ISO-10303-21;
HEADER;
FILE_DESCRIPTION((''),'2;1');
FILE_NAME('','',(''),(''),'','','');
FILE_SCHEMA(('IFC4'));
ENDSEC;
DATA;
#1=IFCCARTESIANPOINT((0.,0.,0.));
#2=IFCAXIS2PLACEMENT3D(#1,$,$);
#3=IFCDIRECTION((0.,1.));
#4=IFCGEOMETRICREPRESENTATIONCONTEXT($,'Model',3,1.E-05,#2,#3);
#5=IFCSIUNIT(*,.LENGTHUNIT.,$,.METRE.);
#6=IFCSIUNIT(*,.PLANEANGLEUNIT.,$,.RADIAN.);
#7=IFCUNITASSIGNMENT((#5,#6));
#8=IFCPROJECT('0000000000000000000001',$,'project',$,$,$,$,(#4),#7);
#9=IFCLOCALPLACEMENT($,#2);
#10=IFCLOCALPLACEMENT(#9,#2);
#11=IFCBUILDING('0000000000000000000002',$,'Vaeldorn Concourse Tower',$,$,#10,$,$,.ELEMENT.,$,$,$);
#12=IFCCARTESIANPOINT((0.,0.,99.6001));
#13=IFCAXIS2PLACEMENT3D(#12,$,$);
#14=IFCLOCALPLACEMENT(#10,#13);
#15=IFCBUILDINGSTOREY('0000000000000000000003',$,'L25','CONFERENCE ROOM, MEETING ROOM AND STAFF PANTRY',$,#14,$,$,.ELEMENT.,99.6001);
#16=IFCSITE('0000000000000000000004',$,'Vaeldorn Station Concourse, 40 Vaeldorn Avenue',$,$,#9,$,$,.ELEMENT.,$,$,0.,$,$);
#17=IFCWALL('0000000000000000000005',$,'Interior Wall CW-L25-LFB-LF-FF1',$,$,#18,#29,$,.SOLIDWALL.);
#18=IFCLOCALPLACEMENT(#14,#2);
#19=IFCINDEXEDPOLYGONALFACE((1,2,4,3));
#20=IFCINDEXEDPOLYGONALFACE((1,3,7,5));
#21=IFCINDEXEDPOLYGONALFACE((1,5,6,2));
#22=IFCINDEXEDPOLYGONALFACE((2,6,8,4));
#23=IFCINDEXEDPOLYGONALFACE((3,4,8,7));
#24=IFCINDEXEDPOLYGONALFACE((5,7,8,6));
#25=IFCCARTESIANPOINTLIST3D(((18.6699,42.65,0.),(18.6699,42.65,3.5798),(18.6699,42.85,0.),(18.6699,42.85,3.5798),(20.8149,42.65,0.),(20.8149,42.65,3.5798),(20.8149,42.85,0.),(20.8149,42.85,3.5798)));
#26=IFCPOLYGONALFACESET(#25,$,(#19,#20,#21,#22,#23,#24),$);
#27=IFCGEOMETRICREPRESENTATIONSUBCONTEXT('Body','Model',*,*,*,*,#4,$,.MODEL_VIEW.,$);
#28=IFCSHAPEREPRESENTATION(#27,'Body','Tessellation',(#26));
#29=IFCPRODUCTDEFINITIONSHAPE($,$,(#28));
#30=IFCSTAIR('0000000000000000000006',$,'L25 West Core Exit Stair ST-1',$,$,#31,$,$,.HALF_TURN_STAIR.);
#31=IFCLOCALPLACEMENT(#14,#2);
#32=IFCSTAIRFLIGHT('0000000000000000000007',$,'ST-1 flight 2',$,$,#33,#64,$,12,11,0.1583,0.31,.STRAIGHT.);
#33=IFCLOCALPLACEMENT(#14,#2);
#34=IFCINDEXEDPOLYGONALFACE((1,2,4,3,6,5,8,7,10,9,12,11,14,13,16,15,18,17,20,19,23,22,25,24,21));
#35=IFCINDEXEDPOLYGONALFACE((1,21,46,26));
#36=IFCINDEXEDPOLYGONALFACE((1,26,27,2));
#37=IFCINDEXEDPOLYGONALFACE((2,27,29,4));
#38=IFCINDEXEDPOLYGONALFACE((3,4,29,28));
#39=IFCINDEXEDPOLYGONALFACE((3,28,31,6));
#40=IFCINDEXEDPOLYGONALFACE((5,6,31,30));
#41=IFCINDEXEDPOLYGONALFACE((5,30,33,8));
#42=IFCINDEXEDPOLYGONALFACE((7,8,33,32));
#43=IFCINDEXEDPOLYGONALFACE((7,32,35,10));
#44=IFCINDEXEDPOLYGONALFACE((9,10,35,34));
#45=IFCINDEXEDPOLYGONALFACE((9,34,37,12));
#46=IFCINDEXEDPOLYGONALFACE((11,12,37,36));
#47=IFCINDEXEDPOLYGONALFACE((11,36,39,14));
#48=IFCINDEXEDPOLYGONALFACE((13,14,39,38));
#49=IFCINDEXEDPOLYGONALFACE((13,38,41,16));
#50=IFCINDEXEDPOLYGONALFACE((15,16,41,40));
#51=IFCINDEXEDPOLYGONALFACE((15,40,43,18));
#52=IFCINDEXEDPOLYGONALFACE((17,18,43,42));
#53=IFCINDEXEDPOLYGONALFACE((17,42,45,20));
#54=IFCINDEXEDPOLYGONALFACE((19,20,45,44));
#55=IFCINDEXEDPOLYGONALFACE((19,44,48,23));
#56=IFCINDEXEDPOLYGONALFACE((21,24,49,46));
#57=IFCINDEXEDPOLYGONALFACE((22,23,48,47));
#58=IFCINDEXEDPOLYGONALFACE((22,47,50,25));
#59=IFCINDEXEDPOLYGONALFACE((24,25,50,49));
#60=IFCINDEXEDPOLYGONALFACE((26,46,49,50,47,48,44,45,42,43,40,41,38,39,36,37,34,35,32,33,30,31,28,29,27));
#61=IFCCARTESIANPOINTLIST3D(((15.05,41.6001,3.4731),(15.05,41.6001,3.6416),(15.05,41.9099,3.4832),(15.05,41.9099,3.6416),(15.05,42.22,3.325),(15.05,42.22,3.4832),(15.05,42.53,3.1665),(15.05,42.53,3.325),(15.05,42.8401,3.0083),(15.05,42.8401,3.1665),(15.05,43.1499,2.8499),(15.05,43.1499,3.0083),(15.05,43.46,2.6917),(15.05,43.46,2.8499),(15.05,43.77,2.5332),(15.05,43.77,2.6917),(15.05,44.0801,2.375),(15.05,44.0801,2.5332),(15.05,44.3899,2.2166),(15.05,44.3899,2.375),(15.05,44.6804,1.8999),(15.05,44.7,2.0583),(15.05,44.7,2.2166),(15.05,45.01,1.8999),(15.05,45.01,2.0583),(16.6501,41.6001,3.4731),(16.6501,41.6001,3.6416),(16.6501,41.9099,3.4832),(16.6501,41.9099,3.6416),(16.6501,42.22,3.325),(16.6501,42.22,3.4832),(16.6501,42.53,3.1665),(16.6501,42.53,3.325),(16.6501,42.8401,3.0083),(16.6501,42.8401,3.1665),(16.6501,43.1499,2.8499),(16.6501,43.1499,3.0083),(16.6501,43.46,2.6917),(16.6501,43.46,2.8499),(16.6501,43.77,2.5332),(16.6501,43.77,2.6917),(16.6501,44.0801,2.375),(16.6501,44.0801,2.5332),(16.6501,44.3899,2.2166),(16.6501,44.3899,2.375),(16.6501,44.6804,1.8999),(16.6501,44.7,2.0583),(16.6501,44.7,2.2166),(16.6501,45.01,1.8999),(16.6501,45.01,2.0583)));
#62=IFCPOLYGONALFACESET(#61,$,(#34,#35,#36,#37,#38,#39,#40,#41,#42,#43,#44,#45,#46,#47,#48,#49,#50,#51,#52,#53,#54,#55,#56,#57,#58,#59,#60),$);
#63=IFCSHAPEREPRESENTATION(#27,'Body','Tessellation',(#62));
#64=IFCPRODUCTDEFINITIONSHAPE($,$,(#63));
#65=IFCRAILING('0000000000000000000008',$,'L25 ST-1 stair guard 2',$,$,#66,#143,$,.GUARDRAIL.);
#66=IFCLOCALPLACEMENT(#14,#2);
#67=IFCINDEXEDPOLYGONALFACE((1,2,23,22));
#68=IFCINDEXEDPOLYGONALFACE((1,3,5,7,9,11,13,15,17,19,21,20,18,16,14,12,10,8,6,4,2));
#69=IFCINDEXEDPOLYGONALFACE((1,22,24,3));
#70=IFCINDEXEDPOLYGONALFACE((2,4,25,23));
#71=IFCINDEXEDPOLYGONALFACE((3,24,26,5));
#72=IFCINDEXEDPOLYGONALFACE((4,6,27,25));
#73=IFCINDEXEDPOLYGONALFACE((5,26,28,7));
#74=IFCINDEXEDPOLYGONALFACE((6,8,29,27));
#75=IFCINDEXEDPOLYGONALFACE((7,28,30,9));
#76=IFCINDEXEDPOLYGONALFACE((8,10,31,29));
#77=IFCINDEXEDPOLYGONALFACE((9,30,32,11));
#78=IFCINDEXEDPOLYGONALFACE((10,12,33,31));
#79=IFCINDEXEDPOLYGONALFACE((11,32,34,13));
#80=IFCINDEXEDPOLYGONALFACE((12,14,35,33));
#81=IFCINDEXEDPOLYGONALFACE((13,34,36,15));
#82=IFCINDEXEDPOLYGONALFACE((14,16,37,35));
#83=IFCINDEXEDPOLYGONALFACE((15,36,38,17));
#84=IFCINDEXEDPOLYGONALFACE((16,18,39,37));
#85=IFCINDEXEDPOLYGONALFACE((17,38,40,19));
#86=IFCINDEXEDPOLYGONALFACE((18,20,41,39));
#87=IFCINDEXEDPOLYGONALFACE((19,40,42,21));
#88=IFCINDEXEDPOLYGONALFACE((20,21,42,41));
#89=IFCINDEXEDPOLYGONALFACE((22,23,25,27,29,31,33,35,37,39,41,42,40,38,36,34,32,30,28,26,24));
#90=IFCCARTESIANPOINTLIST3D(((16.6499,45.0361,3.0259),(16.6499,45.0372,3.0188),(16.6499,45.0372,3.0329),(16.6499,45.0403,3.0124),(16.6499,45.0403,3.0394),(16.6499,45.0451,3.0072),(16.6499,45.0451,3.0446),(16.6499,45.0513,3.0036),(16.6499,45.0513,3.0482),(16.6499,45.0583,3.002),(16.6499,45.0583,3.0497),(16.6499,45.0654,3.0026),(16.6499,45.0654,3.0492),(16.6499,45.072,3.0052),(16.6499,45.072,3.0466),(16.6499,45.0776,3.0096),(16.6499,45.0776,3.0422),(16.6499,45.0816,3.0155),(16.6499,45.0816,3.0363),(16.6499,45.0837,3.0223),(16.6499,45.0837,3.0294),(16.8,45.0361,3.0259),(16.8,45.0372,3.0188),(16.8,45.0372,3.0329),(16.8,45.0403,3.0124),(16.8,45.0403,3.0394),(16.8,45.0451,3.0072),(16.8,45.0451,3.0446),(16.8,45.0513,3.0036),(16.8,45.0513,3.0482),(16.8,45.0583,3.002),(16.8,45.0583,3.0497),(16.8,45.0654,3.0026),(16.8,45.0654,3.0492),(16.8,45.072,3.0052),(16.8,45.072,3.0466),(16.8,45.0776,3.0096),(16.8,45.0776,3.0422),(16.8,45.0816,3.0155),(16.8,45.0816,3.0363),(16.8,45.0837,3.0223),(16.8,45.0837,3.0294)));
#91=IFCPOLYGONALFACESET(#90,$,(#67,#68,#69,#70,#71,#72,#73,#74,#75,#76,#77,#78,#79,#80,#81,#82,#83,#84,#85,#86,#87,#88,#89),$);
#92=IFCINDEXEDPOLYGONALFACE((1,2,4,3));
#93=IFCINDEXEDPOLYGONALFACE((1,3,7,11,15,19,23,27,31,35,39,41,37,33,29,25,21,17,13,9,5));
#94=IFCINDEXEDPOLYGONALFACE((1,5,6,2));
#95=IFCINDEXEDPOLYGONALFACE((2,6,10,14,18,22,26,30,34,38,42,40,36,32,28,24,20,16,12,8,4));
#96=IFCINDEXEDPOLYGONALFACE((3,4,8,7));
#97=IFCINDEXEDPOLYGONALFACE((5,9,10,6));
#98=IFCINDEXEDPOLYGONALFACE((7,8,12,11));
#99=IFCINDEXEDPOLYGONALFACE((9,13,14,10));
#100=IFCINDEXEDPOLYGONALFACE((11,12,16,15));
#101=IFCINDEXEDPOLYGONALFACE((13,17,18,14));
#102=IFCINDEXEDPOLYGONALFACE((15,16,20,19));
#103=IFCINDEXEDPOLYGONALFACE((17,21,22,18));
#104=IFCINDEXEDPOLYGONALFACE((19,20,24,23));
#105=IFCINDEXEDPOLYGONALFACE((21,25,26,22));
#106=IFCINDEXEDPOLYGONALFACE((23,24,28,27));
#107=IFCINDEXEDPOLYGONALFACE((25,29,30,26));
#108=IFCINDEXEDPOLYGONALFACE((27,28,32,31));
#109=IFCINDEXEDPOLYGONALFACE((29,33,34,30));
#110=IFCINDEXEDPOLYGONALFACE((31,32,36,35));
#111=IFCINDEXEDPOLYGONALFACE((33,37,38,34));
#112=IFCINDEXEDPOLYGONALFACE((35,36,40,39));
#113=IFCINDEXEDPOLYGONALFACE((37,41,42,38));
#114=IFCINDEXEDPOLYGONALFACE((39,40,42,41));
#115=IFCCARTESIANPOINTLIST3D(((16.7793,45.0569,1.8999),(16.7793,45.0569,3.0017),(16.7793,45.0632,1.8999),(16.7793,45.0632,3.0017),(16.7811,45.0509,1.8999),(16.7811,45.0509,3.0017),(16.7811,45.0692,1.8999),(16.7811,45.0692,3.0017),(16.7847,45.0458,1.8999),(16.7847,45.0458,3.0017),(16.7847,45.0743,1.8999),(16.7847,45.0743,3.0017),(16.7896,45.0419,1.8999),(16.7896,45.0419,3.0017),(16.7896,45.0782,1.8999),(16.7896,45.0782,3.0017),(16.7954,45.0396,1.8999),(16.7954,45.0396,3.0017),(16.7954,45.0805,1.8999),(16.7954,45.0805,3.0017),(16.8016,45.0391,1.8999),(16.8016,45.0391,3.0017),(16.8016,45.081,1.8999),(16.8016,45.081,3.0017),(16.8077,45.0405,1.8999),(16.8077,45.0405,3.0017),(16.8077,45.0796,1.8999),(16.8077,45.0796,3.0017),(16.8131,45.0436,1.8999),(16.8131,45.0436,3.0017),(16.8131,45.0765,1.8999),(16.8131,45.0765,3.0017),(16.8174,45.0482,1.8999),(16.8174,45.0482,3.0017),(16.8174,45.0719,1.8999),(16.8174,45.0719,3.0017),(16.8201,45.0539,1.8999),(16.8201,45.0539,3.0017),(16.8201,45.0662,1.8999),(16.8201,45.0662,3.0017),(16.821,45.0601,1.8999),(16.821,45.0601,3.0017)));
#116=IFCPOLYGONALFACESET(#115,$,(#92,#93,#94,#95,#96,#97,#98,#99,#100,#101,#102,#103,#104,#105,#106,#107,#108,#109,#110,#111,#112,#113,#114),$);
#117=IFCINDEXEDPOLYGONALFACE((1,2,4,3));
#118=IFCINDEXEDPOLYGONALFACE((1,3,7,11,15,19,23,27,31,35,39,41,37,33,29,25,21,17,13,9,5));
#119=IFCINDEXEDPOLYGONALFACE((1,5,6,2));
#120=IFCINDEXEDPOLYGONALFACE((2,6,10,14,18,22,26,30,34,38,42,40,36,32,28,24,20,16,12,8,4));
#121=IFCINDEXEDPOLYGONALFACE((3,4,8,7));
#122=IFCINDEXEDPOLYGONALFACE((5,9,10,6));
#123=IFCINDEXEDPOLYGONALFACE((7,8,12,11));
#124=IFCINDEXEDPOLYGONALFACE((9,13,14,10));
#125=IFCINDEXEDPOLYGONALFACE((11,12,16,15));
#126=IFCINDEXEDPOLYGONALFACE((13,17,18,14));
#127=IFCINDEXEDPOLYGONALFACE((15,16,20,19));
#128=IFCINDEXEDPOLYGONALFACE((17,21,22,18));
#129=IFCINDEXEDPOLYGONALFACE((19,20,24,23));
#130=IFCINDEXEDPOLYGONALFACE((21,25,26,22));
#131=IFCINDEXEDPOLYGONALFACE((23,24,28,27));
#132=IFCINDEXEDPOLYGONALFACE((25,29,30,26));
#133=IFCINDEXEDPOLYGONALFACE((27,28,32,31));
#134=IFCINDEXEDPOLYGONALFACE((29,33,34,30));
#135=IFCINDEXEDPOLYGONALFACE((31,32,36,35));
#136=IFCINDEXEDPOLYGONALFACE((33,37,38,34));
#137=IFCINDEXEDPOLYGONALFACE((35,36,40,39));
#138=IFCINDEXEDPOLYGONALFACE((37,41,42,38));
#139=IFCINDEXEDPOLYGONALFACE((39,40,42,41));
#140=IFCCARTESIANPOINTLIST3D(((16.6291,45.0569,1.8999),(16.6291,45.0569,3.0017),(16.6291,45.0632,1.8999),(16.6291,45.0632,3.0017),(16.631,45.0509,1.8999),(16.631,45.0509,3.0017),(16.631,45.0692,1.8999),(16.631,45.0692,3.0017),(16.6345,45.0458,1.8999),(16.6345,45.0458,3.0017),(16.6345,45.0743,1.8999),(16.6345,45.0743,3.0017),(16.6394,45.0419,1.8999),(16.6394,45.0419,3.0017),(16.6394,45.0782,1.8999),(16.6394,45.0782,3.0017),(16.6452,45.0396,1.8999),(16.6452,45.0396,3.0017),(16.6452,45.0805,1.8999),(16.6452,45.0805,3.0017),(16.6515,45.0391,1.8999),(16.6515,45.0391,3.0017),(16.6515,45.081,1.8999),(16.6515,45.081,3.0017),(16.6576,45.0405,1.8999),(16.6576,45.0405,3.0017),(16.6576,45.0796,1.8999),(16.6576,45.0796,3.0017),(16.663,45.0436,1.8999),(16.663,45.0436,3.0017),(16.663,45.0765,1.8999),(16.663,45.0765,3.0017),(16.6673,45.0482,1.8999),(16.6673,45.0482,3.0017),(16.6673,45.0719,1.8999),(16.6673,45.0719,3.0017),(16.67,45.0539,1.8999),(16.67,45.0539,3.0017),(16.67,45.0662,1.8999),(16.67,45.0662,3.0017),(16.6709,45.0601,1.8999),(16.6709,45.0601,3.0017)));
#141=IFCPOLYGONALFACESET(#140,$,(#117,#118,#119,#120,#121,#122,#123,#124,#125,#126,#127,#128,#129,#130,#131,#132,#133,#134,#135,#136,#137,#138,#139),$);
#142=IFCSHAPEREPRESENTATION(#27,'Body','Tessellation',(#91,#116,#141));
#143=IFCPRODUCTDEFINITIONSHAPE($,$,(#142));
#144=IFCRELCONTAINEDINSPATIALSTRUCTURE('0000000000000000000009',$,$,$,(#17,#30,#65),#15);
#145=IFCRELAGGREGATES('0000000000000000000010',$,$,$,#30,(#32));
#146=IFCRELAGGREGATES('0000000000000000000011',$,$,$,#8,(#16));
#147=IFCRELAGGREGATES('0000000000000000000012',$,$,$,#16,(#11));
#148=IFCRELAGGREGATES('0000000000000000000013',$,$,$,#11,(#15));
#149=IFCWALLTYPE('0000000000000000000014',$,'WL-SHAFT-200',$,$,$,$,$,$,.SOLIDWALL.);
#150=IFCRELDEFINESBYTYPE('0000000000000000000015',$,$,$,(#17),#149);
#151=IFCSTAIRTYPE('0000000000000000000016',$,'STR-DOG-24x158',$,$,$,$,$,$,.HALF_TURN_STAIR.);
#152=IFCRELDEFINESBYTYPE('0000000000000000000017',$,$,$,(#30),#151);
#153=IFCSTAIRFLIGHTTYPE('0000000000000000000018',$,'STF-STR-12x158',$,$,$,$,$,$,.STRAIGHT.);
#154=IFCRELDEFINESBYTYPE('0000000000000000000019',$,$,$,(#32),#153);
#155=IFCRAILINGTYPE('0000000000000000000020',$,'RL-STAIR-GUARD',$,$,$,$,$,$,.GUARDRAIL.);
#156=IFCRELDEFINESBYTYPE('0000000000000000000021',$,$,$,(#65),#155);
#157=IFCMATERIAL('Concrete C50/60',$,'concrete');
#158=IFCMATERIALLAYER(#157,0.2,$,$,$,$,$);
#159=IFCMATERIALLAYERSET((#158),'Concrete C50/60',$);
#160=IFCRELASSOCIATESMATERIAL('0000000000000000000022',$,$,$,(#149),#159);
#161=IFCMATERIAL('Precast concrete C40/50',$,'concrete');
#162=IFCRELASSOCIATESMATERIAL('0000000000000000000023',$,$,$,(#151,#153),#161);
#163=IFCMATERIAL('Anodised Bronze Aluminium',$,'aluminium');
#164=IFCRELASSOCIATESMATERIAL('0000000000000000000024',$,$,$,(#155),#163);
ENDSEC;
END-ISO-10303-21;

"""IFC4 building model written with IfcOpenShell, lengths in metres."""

from ifc_helpers import new_model, si_unit, direction, frame, frame_2d, origin, origin_2d, place, context, subcontext, project, spatial, polyline, rectangle, circle, outline, extrude, material, layer, layer_set, type_object, element, aggregate, save


model = new_model("IFC4")

# Units and contexts
model_context = context("Model", 3, precision=1e-05, world=origin(), true_north=direction((0.0, 1.0)))
body_context = subcontext(model_context, "Body", "Model", "MODEL_VIEW")
ifc_project = project(units=[si_unit("LENGTHUNIT", "METRE"), si_unit("PLANEANGLEUNIT", "RADIAN")], contexts=[model_context])

# Site, building, storey
site_placement = place(None, origin())
site = spatial("IfcSite", under=ifc_project, at=site_placement, Name="Vaeldorn Station Concourse, 40 Vaeldorn Avenue", CompositionType="ELEMENT", RefElevation=0.0)
building_placement = place(site_placement, origin())
building = spatial("IfcBuilding", under=site, at=building_placement, Name="Vaeldorn Concourse Tower", CompositionType="ELEMENT")
storey_placement = place(building_placement, frame((0.0, 0.0, 99.6001)))
storey = spatial("IfcBuildingStorey", under=building, at=storey_placement, Name="L25", Description="CONFERENCE ROOM, MEETING ROOM AND STAFF PANTRY", CompositionType="ELEMENT", Elevation=99.6001)

# Shared definitions
ifc_material_1 = material(Name="Concrete C50/60", Category="concrete")
ifc_layer_1 = layer(ifc_material_1, 0.2)
ifc_layer_set_1 = layer_set([ifc_layer_1], Name="Concrete C50/60")
wall_type_1 = type_object("IfcWallType", Name="WL-SHAFT-200", PredefinedType="SOLIDWALL", material=ifc_layer_set_1)

# Shared definitions
ifc_material_2 = material(Name="Anodised Bronze Aluminium", Category="aluminium")

# Wall
for number, where, z_axis, x_axis, name in (
    (1, (18.6699, 42.75, 0.0), (0.0, 0.0, 1.0), (1.0, 0.0, 0.0), "Interior Wall CW-L25-LFB-LF-FF1"),
):
    element("IfcWall", number, at=place(storey_placement, frame(where, z_axis=z_axis, x_axis=x_axis)), inside=storey, type_object=wall_type_1, Name=name, PredefinedType="SOLIDWALL", context=body_context, shape_type="SweptSolid", body=[
        extrude(rectangle(XDim=2.145, YDim=0.2, at=frame_2d((1.0725, 0.0))), origin(), (0.0, 0.0, 1.0), 3.5798),
    ])

# Stair, stair flight
ifc_material_3 = material(Name="Precast concrete C40/50", Category="concrete")
stair_type = type_object("IfcStairType", Name="STR-DOG-24x158", PredefinedType="HALF_TURN_STAIR", material=ifc_material_3)
stair_placement = place(storey_placement, origin())
stair = element("IfcStair", 2, at=stair_placement, inside=storey, type_object=stair_type, Name="L25 West Core Exit Stair ST-1", PredefinedType="HALF_TURN_STAIR")
stair_flight_type = type_object("IfcStairFlightType", Name="STF-STR-12x158", PredefinedType="STRAIGHT", material=ifc_material_3)
stair_flight_placement = place(storey_placement, frame((15.8501, 45.01, 1.8999), z_axis=(0.0, 0.0, 1.0), x_axis=(0.0, -1.0, 0.0)))
stair_flight = element("IfcStairFlight", 3, at=stair_flight_placement, type_object=stair_flight_type, Name="ST-1 flight 2", NumberOfRisers=12, NumberOfTreads=11, PredefinedType="STRAIGHT", RiserHeight=0.1583, TreadLength=0.31, context=body_context, shape_type="SweptSolid", body=[
    extrude(outline(polyline([(0.0, 0.0), (0.0, 0.1584), (0.3101, 0.1584), (0.3101, 0.3167), (0.6201, 0.3167), (0.6201, 0.4751), (0.9299, 0.4751), (0.9299, 0.6333), (1.24, 0.6333), (1.24, 0.7917), (1.55, 0.7917), (1.55, 0.95), (1.8601, 0.95), (1.8601, 1.1084), (2.1699, 1.1084), (2.1699, 1.2666), (2.48, 1.2666), (2.48, 1.425), (2.79, 1.425), (2.79, 1.5833), (3.1001, 1.5833), (3.1001, 1.7417), (3.4099, 1.7417), (3.4099, 1.8999), (3.4099, 1.5732), (0.3296, 0.0), (0.0, 0.0)])), frame((0.0, 0.8, 0.0), z_axis=(0.0, -1.0, 0.0), x_axis=(1.0, 0.0, 0.0)), (0.0, 0.0, 1.0), 1.6001),
])
aggregate(stair, [stair_flight])

# Railing
railing_type_1 = type_object("IfcRailingType", Name="RL-STAIR-GUARD", PredefinedType="GUARDRAIL", material=ifc_material_2)
railing_1_placement = place(storey_placement, frame((16.8, 45.0601, 1.8999)))
element("IfcRailing", 4, at=railing_1_placement, inside=storey, type_object=railing_type_1, Name="L25 ST-1 stair guard 2", PredefinedType="GUARDRAIL", context=body_context, shape_type="SweptSolid", body=[
    extrude(circle(Radius=0.0239, at=origin_2d()), frame((0.0, 0.0, 1.126), z_axis=(-1.0, 0.0, 0.0), x_axis=(0.0, -1.0, 0.0)), (0.0, 0.0, 1.0), 0.1501),
    extrude(circle(Radius=0.021, at=origin_2d()), origin(), (0.0, 0.0, 1.0), 1.1018),
    extrude(circle(Radius=0.021, at=origin_2d()), frame((-0.1501, 0.0, 0.0)), (0.0, 0.0, 1.0), 1.1018),
])

save(model, "model.ifc")
